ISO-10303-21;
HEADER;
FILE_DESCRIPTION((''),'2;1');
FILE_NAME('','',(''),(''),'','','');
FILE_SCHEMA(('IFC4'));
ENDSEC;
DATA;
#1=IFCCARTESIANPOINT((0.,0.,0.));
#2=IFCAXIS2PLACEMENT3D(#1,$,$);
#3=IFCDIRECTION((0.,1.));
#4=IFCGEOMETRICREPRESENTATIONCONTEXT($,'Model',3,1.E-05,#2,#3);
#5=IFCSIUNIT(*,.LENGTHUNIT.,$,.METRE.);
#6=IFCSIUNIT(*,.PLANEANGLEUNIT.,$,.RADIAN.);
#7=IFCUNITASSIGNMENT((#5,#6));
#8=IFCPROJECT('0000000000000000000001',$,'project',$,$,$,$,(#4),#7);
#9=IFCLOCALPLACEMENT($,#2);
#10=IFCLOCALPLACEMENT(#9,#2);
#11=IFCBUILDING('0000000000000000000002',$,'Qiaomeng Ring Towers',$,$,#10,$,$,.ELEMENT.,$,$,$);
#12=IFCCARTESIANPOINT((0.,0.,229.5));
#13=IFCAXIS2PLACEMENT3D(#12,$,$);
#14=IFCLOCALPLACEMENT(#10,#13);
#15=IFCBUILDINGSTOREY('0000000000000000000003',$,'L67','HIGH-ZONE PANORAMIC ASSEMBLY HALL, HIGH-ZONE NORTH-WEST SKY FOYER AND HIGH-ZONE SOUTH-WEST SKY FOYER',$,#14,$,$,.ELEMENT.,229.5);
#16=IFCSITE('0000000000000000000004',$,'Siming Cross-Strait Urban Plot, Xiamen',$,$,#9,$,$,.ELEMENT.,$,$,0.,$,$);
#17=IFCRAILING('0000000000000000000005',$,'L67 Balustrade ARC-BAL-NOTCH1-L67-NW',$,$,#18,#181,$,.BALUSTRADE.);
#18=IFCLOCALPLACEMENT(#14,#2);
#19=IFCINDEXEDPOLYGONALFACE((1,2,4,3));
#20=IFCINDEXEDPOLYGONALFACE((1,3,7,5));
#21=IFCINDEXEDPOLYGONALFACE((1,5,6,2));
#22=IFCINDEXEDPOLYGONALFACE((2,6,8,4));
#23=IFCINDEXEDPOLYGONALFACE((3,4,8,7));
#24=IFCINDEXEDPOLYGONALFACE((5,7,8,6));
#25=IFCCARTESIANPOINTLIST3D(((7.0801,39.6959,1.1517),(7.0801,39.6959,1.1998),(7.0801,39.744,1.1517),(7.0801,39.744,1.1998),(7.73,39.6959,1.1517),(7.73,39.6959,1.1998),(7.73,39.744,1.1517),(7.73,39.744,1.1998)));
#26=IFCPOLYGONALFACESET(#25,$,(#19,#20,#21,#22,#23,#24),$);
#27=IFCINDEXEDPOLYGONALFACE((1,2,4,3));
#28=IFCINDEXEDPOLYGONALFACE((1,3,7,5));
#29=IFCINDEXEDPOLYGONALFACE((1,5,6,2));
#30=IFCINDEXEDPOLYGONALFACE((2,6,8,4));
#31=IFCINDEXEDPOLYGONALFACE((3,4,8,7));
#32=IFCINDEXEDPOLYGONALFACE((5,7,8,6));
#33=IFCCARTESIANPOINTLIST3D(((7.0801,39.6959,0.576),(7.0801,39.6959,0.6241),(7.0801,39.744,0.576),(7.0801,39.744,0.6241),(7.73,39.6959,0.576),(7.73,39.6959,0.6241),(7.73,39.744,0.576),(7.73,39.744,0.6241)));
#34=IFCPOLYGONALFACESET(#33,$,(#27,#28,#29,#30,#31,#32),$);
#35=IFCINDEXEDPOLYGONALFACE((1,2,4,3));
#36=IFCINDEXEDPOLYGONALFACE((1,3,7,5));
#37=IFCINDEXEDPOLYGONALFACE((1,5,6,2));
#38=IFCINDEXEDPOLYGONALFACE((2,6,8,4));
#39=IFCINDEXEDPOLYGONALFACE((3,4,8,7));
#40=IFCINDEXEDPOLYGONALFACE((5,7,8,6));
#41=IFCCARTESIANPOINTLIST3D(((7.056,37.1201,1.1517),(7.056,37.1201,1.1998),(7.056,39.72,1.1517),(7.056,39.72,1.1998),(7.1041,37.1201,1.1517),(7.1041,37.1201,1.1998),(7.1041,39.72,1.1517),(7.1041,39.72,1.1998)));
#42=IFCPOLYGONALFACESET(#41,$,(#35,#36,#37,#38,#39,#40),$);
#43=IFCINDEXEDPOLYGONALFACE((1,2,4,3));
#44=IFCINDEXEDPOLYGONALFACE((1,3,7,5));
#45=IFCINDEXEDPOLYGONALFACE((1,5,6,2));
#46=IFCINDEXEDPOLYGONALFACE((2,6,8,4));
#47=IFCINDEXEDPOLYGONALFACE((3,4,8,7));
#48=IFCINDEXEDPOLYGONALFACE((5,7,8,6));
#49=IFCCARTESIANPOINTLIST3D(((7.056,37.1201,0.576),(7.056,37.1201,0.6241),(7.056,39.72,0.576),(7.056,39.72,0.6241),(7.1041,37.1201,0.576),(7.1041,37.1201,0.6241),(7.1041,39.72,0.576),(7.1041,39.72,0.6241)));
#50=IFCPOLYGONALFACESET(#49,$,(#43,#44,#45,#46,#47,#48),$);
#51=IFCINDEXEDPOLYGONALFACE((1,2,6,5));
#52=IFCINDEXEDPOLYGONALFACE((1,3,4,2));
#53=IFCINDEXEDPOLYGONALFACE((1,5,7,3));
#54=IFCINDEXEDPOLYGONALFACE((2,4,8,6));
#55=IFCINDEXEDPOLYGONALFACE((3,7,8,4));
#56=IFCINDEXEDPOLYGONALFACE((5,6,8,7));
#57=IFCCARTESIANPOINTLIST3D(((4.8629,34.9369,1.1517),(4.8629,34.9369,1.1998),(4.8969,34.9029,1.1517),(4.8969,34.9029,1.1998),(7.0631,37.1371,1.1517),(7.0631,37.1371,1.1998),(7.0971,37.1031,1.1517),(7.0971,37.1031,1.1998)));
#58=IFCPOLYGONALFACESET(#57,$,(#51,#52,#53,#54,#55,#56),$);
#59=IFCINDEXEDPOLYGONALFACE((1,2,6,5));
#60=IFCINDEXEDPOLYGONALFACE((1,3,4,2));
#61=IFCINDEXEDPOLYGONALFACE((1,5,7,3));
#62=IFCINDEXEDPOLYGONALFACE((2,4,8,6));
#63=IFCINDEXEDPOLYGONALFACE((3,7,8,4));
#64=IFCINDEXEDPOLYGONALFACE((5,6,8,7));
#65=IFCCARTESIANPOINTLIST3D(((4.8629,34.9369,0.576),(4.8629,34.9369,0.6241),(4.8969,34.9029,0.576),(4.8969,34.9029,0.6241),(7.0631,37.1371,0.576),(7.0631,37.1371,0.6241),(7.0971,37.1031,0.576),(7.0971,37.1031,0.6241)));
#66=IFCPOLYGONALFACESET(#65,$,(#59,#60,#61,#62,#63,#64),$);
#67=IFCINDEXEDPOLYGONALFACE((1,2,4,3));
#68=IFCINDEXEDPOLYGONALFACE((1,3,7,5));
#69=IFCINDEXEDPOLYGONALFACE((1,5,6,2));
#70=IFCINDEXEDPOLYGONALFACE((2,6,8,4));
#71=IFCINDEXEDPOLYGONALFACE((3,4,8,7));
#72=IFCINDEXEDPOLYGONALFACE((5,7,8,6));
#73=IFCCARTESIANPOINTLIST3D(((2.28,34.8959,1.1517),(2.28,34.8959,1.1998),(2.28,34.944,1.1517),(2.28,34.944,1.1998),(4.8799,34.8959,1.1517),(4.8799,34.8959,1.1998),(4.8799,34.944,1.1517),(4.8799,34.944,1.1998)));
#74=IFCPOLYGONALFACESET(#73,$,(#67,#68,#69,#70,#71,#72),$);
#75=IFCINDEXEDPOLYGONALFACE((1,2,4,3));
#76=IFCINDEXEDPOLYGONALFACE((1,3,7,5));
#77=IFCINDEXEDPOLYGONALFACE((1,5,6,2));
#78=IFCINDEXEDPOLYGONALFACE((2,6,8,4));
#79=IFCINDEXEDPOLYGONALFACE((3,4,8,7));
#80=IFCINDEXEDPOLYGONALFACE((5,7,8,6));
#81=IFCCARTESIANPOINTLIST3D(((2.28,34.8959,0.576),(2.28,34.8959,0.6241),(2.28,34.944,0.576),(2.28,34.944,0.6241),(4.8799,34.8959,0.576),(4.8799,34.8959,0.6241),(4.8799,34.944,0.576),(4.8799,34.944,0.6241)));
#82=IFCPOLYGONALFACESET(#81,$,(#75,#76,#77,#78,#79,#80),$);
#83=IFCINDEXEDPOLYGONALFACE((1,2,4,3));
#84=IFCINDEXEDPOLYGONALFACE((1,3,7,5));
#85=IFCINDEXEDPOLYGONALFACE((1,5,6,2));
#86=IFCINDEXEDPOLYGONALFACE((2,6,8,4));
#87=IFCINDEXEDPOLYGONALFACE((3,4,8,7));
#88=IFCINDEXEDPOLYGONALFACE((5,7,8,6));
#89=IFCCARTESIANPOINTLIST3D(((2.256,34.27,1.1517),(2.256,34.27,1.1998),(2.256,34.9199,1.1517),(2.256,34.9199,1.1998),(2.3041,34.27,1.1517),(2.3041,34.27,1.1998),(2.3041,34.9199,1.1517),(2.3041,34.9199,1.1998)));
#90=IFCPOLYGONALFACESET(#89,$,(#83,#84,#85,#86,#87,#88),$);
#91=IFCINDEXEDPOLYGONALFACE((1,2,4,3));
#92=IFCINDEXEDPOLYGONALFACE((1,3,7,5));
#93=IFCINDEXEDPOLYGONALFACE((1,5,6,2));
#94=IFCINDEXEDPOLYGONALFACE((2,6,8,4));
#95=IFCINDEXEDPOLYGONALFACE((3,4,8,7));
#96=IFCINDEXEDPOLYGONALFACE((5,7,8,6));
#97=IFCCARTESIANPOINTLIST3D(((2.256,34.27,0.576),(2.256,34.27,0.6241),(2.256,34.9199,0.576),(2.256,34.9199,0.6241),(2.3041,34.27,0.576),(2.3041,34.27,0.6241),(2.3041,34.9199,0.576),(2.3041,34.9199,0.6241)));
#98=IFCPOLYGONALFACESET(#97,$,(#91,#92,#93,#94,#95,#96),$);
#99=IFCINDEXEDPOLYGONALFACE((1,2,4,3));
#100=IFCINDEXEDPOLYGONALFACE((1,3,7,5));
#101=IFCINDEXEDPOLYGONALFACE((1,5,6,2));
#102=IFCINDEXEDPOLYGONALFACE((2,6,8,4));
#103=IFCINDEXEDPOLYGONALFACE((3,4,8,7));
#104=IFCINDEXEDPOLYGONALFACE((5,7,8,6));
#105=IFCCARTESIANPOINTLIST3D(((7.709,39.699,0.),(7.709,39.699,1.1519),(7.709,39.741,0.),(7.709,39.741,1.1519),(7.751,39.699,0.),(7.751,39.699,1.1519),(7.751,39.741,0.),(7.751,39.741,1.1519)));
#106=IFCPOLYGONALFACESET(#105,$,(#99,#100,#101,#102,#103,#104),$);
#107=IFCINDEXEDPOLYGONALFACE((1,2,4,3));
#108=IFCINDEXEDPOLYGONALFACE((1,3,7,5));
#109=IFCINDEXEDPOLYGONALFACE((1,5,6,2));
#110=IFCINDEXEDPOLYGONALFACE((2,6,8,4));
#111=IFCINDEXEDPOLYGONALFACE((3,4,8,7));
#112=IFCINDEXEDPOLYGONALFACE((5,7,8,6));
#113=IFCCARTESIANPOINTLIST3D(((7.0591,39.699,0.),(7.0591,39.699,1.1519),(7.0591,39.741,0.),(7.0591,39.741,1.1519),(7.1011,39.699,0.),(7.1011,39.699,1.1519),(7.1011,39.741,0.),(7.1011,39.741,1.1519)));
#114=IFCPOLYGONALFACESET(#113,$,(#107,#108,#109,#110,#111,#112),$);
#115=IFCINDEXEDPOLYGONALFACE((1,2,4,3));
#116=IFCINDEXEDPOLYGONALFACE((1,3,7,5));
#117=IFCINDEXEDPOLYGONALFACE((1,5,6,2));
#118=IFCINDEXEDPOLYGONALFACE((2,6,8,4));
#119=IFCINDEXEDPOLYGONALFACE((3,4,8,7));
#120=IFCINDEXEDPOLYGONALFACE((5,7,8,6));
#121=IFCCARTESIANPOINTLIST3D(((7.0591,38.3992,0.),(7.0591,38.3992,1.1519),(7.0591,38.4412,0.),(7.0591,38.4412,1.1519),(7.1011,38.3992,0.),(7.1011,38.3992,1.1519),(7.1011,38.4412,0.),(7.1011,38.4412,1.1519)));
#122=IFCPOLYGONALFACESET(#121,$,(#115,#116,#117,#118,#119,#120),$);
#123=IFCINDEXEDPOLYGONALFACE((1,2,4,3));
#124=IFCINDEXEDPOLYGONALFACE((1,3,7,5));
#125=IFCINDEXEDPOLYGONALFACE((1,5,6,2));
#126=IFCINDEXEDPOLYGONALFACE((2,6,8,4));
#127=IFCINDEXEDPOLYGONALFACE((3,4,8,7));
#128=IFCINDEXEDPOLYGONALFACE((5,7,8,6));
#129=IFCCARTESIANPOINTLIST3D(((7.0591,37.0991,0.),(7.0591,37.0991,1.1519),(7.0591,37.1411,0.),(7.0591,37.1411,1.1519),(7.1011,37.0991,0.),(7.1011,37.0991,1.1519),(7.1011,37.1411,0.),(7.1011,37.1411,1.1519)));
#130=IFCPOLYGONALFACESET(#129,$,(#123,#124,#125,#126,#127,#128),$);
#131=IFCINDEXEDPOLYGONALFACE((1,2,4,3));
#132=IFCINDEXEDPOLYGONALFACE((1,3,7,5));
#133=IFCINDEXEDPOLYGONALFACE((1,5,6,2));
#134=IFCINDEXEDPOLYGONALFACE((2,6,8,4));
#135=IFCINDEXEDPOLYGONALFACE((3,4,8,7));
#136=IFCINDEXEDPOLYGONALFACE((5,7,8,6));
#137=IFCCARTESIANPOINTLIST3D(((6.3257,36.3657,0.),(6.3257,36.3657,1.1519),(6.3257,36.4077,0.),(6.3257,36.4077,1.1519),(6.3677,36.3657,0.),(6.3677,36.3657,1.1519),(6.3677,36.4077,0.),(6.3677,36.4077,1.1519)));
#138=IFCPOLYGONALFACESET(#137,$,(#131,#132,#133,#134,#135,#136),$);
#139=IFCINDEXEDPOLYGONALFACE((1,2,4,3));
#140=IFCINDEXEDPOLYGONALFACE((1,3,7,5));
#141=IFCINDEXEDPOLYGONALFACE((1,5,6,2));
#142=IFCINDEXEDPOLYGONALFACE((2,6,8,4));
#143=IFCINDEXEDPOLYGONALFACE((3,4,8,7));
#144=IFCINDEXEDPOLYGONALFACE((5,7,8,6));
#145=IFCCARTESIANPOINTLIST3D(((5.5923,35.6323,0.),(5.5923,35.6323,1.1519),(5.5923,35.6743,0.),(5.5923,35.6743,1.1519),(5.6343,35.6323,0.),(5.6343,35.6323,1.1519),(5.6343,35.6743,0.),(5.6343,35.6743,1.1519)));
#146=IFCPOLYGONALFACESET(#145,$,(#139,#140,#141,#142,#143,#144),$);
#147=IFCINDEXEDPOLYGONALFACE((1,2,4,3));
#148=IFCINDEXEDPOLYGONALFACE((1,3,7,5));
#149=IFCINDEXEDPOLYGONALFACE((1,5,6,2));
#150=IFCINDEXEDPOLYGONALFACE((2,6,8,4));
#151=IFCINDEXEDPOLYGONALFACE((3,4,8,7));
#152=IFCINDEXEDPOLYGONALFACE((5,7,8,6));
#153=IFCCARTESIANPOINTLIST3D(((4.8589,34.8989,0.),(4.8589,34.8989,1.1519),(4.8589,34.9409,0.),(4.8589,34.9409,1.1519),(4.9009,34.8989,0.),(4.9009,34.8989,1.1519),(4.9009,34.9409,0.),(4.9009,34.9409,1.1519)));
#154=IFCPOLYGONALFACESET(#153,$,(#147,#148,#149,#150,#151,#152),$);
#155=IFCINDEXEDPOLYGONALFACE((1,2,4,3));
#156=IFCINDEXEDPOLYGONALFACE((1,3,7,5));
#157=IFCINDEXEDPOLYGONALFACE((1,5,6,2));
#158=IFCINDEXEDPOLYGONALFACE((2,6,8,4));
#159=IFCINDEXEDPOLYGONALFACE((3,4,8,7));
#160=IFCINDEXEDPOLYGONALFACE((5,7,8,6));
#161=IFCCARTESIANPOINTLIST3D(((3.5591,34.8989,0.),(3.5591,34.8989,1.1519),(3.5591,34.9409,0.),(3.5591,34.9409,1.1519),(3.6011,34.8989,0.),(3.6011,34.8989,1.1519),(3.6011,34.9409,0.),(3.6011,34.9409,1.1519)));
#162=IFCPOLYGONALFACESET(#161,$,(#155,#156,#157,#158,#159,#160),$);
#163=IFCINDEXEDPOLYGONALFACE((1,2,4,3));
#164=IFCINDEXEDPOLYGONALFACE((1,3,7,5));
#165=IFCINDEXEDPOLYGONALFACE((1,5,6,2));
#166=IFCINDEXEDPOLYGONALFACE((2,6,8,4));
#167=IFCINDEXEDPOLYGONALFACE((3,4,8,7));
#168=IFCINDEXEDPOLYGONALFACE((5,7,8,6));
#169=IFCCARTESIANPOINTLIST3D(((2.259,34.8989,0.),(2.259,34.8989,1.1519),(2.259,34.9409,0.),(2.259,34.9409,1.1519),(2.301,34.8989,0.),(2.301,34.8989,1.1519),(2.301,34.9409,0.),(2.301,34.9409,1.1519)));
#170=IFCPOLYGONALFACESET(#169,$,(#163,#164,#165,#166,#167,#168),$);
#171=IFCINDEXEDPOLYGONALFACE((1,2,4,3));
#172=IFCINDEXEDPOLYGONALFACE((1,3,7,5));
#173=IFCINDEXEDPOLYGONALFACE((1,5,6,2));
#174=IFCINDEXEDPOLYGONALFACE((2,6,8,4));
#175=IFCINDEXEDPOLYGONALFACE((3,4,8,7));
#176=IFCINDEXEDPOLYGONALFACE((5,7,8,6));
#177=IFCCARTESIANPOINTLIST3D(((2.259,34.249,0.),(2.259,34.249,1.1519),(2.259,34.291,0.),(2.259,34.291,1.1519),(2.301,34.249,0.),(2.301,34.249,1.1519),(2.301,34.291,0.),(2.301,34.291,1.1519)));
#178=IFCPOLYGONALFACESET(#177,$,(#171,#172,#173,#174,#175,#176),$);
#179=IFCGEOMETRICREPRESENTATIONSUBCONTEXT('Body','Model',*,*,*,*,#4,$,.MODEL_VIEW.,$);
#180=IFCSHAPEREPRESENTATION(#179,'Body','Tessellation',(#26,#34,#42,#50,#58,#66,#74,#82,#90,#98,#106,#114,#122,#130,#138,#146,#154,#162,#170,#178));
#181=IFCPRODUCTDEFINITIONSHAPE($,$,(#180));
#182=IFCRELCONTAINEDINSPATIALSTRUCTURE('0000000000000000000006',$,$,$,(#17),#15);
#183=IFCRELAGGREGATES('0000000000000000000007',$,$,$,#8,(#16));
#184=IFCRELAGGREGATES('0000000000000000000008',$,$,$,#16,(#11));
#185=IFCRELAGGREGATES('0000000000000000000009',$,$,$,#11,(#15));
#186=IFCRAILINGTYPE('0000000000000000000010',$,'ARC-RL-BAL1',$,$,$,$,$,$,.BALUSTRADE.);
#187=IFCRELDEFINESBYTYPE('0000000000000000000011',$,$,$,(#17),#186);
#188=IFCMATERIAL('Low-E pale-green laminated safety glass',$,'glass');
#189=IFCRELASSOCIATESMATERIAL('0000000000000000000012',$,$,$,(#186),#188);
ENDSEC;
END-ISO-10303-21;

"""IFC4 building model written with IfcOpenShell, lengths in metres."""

from ifc_helpers import new_model, si_unit, direction, frame, origin, origin_2d, place, context, subcontext, project, spatial, rectangle, extrude, material, type_object, element, save


model = new_model("IFC4")

# Units and contexts
model_context = context("Model", 3, precision=1e-05, world=origin(), true_north=direction((0.0, 1.0)))
body_context = subcontext(model_context, "Body", "Model", "MODEL_VIEW")
ifc_project = project(units=[si_unit("LENGTHUNIT", "METRE"), si_unit("PLANEANGLEUNIT", "RADIAN")], contexts=[model_context])

# Site, building, storey
site_placement = place(None, origin())
site = spatial("IfcSite", under=ifc_project, at=site_placement, Name="Siming Cross-Strait Urban Plot, Xiamen", CompositionType="ELEMENT", RefElevation=0.0)
building_placement = place(site_placement, origin())
building = spatial("IfcBuilding", under=site, at=building_placement, Name="Qiaomeng Ring Towers", CompositionType="ELEMENT")
storey_placement = place(building_placement, frame((0.0, 0.0, 229.5)))
storey = spatial("IfcBuildingStorey", under=building, at=storey_placement, Name="L67", Description="HIGH-ZONE PANORAMIC ASSEMBLY HALL, HIGH-ZONE NORTH-WEST SKY FOYER AND HIGH-ZONE SOUTH-WEST SKY FOYER", CompositionType="ELEMENT", Elevation=229.5)

# Railing
ifc_material_1 = material(Name="Low-E pale-green laminated safety glass", Category="glass")
railing_type = type_object("IfcRailingType", Name="ARC-RL-BAL1", PredefinedType="BALUSTRADE", material=ifc_material_1)
railing_placement = place(storey_placement, frame((7.73, 39.72, 0.0)))
element("IfcRailing", 1, at=railing_placement, inside=storey, type_object=railing_type, Name="L67 Balustrade ARC-BAL-NOTCH1-L67-NW", PredefinedType="BALUSTRADE", context=body_context, shape_type="SweptSolid", body=[
    extrude(rectangle(XDim=0.0481, YDim=0.0481, at=origin_2d()), frame((0.0, 0.0, 1.1758), z_axis=(-1.0, 0.0, 0.0), x_axis=(0.0, -1.0, 0.0)), (0.0, 0.0, 1.0), 0.6499),
    extrude(rectangle(XDim=0.0481, YDim=0.0481, at=origin_2d()), frame((0.0, 0.0, 0.6001), z_axis=(-1.0, 0.0, 0.0), x_axis=(0.0, -1.0, 0.0)), (0.0, 0.0, 1.0), 0.6499),
    extrude(rectangle(XDim=0.0481, YDim=0.0481, at=origin_2d()), frame((-0.6499, 0.0, 1.1758), z_axis=(0.0, -1.0, 0.0), x_axis=(1.0, 0.0, 0.0)), (0.0, 0.0, 1.0), 2.5999),
    extrude(rectangle(XDim=0.0481, YDim=0.0481, at=origin_2d()), frame((-0.6499, 0.0, 0.6001), z_axis=(0.0, -1.0, 0.0), x_axis=(1.0, 0.0, 0.0)), (0.0, 0.0, 1.0), 2.5999),
    extrude(rectangle(XDim=0.0481, YDim=0.0481, at=origin_2d()), frame((-0.6499, -2.5999, 1.1758), z_axis=(-0.707107, -0.707107, 0.0), x_axis=(0.707107, -0.707107, 0.0)), (0.0, 0.0, 1.0), 3.1116),
    extrude(rectangle(XDim=0.0481, YDim=0.0481, at=origin_2d()), frame((-0.6499, -2.5999, 0.6001), z_axis=(-0.707107, -0.707107, 0.0), x_axis=(0.707107, -0.707107, 0.0)), (0.0, 0.0, 1.0), 3.1116),
    extrude(rectangle(XDim=0.0481, YDim=0.0481, at=origin_2d()), frame((-2.8501, -4.8, 1.1758), z_axis=(-1.0, 0.0, 0.0), x_axis=(0.0, -1.0, 0.0)), (0.0, 0.0, 1.0), 2.5999),
    extrude(rectangle(XDim=0.0481, YDim=0.0481, at=origin_2d()), frame((-2.8501, -4.8, 0.6001), z_axis=(-1.0, 0.0, 0.0), x_axis=(0.0, -1.0, 0.0)), (0.0, 0.0, 1.0), 2.5999),
    extrude(rectangle(XDim=0.0481, YDim=0.0481, at=origin_2d()), frame((-5.45, -4.8, 1.1758), z_axis=(0.0, -1.0, 0.0), x_axis=(1.0, 0.0, 0.0)), (0.0, 0.0, 1.0), 0.6499),
    extrude(rectangle(XDim=0.0481, YDim=0.0481, at=origin_2d()), frame((-5.45, -4.8, 0.6001), z_axis=(0.0, -1.0, 0.0), x_axis=(1.0, 0.0, 0.0)), (0.0, 0.0, 1.0), 0.6499),
    extrude(rectangle(XDim=0.042, YDim=0.042, at=origin_2d()), origin(), (0.0, 0.0, 1.0), 1.1519),
    extrude(rectangle(XDim=0.042, YDim=0.042, at=origin_2d()), frame((-0.6499, 0.0, 0.0)), (0.0, 0.0, 1.0), 1.1519),
    extrude(rectangle(XDim=0.042, YDim=0.042, at=origin_2d()), frame((-0.6499, -1.2998, 0.0)), (0.0, 0.0, 1.0), 1.1519),
    extrude(rectangle(XDim=0.042, YDim=0.042, at=origin_2d()), frame((-0.6499, -2.5999, 0.0)), (0.0, 0.0, 1.0), 1.1519),
    extrude(rectangle(XDim=0.042, YDim=0.042, at=origin_2d()), frame((-1.3833, -3.3333, 0.0)), (0.0, 0.0, 1.0), 1.1519),
    extrude(rectangle(XDim=0.042, YDim=0.042, at=origin_2d()), frame((-2.1167, -4.0667, 0.0)), (0.0, 0.0, 1.0), 1.1519),
    extrude(rectangle(XDim=0.042, YDim=0.042, at=origin_2d()), frame((-2.8501, -4.8, 0.0)), (0.0, 0.0, 1.0), 1.1519),
    extrude(rectangle(XDim=0.042, YDim=0.042, at=origin_2d()), frame((-4.1499, -4.8, 0.0)), (0.0, 0.0, 1.0), 1.1519),
    extrude(rectangle(XDim=0.042, YDim=0.042, at=origin_2d()), frame((-5.45, -4.8, 0.0)), (0.0, 0.0, 1.0), 1.1519),
    extrude(rectangle(XDim=0.042, YDim=0.042, at=origin_2d()), frame((-5.45, -5.45, 0.0)), (0.0, 0.0, 1.0), 1.1519),
])

save(model, "model.ifc")
